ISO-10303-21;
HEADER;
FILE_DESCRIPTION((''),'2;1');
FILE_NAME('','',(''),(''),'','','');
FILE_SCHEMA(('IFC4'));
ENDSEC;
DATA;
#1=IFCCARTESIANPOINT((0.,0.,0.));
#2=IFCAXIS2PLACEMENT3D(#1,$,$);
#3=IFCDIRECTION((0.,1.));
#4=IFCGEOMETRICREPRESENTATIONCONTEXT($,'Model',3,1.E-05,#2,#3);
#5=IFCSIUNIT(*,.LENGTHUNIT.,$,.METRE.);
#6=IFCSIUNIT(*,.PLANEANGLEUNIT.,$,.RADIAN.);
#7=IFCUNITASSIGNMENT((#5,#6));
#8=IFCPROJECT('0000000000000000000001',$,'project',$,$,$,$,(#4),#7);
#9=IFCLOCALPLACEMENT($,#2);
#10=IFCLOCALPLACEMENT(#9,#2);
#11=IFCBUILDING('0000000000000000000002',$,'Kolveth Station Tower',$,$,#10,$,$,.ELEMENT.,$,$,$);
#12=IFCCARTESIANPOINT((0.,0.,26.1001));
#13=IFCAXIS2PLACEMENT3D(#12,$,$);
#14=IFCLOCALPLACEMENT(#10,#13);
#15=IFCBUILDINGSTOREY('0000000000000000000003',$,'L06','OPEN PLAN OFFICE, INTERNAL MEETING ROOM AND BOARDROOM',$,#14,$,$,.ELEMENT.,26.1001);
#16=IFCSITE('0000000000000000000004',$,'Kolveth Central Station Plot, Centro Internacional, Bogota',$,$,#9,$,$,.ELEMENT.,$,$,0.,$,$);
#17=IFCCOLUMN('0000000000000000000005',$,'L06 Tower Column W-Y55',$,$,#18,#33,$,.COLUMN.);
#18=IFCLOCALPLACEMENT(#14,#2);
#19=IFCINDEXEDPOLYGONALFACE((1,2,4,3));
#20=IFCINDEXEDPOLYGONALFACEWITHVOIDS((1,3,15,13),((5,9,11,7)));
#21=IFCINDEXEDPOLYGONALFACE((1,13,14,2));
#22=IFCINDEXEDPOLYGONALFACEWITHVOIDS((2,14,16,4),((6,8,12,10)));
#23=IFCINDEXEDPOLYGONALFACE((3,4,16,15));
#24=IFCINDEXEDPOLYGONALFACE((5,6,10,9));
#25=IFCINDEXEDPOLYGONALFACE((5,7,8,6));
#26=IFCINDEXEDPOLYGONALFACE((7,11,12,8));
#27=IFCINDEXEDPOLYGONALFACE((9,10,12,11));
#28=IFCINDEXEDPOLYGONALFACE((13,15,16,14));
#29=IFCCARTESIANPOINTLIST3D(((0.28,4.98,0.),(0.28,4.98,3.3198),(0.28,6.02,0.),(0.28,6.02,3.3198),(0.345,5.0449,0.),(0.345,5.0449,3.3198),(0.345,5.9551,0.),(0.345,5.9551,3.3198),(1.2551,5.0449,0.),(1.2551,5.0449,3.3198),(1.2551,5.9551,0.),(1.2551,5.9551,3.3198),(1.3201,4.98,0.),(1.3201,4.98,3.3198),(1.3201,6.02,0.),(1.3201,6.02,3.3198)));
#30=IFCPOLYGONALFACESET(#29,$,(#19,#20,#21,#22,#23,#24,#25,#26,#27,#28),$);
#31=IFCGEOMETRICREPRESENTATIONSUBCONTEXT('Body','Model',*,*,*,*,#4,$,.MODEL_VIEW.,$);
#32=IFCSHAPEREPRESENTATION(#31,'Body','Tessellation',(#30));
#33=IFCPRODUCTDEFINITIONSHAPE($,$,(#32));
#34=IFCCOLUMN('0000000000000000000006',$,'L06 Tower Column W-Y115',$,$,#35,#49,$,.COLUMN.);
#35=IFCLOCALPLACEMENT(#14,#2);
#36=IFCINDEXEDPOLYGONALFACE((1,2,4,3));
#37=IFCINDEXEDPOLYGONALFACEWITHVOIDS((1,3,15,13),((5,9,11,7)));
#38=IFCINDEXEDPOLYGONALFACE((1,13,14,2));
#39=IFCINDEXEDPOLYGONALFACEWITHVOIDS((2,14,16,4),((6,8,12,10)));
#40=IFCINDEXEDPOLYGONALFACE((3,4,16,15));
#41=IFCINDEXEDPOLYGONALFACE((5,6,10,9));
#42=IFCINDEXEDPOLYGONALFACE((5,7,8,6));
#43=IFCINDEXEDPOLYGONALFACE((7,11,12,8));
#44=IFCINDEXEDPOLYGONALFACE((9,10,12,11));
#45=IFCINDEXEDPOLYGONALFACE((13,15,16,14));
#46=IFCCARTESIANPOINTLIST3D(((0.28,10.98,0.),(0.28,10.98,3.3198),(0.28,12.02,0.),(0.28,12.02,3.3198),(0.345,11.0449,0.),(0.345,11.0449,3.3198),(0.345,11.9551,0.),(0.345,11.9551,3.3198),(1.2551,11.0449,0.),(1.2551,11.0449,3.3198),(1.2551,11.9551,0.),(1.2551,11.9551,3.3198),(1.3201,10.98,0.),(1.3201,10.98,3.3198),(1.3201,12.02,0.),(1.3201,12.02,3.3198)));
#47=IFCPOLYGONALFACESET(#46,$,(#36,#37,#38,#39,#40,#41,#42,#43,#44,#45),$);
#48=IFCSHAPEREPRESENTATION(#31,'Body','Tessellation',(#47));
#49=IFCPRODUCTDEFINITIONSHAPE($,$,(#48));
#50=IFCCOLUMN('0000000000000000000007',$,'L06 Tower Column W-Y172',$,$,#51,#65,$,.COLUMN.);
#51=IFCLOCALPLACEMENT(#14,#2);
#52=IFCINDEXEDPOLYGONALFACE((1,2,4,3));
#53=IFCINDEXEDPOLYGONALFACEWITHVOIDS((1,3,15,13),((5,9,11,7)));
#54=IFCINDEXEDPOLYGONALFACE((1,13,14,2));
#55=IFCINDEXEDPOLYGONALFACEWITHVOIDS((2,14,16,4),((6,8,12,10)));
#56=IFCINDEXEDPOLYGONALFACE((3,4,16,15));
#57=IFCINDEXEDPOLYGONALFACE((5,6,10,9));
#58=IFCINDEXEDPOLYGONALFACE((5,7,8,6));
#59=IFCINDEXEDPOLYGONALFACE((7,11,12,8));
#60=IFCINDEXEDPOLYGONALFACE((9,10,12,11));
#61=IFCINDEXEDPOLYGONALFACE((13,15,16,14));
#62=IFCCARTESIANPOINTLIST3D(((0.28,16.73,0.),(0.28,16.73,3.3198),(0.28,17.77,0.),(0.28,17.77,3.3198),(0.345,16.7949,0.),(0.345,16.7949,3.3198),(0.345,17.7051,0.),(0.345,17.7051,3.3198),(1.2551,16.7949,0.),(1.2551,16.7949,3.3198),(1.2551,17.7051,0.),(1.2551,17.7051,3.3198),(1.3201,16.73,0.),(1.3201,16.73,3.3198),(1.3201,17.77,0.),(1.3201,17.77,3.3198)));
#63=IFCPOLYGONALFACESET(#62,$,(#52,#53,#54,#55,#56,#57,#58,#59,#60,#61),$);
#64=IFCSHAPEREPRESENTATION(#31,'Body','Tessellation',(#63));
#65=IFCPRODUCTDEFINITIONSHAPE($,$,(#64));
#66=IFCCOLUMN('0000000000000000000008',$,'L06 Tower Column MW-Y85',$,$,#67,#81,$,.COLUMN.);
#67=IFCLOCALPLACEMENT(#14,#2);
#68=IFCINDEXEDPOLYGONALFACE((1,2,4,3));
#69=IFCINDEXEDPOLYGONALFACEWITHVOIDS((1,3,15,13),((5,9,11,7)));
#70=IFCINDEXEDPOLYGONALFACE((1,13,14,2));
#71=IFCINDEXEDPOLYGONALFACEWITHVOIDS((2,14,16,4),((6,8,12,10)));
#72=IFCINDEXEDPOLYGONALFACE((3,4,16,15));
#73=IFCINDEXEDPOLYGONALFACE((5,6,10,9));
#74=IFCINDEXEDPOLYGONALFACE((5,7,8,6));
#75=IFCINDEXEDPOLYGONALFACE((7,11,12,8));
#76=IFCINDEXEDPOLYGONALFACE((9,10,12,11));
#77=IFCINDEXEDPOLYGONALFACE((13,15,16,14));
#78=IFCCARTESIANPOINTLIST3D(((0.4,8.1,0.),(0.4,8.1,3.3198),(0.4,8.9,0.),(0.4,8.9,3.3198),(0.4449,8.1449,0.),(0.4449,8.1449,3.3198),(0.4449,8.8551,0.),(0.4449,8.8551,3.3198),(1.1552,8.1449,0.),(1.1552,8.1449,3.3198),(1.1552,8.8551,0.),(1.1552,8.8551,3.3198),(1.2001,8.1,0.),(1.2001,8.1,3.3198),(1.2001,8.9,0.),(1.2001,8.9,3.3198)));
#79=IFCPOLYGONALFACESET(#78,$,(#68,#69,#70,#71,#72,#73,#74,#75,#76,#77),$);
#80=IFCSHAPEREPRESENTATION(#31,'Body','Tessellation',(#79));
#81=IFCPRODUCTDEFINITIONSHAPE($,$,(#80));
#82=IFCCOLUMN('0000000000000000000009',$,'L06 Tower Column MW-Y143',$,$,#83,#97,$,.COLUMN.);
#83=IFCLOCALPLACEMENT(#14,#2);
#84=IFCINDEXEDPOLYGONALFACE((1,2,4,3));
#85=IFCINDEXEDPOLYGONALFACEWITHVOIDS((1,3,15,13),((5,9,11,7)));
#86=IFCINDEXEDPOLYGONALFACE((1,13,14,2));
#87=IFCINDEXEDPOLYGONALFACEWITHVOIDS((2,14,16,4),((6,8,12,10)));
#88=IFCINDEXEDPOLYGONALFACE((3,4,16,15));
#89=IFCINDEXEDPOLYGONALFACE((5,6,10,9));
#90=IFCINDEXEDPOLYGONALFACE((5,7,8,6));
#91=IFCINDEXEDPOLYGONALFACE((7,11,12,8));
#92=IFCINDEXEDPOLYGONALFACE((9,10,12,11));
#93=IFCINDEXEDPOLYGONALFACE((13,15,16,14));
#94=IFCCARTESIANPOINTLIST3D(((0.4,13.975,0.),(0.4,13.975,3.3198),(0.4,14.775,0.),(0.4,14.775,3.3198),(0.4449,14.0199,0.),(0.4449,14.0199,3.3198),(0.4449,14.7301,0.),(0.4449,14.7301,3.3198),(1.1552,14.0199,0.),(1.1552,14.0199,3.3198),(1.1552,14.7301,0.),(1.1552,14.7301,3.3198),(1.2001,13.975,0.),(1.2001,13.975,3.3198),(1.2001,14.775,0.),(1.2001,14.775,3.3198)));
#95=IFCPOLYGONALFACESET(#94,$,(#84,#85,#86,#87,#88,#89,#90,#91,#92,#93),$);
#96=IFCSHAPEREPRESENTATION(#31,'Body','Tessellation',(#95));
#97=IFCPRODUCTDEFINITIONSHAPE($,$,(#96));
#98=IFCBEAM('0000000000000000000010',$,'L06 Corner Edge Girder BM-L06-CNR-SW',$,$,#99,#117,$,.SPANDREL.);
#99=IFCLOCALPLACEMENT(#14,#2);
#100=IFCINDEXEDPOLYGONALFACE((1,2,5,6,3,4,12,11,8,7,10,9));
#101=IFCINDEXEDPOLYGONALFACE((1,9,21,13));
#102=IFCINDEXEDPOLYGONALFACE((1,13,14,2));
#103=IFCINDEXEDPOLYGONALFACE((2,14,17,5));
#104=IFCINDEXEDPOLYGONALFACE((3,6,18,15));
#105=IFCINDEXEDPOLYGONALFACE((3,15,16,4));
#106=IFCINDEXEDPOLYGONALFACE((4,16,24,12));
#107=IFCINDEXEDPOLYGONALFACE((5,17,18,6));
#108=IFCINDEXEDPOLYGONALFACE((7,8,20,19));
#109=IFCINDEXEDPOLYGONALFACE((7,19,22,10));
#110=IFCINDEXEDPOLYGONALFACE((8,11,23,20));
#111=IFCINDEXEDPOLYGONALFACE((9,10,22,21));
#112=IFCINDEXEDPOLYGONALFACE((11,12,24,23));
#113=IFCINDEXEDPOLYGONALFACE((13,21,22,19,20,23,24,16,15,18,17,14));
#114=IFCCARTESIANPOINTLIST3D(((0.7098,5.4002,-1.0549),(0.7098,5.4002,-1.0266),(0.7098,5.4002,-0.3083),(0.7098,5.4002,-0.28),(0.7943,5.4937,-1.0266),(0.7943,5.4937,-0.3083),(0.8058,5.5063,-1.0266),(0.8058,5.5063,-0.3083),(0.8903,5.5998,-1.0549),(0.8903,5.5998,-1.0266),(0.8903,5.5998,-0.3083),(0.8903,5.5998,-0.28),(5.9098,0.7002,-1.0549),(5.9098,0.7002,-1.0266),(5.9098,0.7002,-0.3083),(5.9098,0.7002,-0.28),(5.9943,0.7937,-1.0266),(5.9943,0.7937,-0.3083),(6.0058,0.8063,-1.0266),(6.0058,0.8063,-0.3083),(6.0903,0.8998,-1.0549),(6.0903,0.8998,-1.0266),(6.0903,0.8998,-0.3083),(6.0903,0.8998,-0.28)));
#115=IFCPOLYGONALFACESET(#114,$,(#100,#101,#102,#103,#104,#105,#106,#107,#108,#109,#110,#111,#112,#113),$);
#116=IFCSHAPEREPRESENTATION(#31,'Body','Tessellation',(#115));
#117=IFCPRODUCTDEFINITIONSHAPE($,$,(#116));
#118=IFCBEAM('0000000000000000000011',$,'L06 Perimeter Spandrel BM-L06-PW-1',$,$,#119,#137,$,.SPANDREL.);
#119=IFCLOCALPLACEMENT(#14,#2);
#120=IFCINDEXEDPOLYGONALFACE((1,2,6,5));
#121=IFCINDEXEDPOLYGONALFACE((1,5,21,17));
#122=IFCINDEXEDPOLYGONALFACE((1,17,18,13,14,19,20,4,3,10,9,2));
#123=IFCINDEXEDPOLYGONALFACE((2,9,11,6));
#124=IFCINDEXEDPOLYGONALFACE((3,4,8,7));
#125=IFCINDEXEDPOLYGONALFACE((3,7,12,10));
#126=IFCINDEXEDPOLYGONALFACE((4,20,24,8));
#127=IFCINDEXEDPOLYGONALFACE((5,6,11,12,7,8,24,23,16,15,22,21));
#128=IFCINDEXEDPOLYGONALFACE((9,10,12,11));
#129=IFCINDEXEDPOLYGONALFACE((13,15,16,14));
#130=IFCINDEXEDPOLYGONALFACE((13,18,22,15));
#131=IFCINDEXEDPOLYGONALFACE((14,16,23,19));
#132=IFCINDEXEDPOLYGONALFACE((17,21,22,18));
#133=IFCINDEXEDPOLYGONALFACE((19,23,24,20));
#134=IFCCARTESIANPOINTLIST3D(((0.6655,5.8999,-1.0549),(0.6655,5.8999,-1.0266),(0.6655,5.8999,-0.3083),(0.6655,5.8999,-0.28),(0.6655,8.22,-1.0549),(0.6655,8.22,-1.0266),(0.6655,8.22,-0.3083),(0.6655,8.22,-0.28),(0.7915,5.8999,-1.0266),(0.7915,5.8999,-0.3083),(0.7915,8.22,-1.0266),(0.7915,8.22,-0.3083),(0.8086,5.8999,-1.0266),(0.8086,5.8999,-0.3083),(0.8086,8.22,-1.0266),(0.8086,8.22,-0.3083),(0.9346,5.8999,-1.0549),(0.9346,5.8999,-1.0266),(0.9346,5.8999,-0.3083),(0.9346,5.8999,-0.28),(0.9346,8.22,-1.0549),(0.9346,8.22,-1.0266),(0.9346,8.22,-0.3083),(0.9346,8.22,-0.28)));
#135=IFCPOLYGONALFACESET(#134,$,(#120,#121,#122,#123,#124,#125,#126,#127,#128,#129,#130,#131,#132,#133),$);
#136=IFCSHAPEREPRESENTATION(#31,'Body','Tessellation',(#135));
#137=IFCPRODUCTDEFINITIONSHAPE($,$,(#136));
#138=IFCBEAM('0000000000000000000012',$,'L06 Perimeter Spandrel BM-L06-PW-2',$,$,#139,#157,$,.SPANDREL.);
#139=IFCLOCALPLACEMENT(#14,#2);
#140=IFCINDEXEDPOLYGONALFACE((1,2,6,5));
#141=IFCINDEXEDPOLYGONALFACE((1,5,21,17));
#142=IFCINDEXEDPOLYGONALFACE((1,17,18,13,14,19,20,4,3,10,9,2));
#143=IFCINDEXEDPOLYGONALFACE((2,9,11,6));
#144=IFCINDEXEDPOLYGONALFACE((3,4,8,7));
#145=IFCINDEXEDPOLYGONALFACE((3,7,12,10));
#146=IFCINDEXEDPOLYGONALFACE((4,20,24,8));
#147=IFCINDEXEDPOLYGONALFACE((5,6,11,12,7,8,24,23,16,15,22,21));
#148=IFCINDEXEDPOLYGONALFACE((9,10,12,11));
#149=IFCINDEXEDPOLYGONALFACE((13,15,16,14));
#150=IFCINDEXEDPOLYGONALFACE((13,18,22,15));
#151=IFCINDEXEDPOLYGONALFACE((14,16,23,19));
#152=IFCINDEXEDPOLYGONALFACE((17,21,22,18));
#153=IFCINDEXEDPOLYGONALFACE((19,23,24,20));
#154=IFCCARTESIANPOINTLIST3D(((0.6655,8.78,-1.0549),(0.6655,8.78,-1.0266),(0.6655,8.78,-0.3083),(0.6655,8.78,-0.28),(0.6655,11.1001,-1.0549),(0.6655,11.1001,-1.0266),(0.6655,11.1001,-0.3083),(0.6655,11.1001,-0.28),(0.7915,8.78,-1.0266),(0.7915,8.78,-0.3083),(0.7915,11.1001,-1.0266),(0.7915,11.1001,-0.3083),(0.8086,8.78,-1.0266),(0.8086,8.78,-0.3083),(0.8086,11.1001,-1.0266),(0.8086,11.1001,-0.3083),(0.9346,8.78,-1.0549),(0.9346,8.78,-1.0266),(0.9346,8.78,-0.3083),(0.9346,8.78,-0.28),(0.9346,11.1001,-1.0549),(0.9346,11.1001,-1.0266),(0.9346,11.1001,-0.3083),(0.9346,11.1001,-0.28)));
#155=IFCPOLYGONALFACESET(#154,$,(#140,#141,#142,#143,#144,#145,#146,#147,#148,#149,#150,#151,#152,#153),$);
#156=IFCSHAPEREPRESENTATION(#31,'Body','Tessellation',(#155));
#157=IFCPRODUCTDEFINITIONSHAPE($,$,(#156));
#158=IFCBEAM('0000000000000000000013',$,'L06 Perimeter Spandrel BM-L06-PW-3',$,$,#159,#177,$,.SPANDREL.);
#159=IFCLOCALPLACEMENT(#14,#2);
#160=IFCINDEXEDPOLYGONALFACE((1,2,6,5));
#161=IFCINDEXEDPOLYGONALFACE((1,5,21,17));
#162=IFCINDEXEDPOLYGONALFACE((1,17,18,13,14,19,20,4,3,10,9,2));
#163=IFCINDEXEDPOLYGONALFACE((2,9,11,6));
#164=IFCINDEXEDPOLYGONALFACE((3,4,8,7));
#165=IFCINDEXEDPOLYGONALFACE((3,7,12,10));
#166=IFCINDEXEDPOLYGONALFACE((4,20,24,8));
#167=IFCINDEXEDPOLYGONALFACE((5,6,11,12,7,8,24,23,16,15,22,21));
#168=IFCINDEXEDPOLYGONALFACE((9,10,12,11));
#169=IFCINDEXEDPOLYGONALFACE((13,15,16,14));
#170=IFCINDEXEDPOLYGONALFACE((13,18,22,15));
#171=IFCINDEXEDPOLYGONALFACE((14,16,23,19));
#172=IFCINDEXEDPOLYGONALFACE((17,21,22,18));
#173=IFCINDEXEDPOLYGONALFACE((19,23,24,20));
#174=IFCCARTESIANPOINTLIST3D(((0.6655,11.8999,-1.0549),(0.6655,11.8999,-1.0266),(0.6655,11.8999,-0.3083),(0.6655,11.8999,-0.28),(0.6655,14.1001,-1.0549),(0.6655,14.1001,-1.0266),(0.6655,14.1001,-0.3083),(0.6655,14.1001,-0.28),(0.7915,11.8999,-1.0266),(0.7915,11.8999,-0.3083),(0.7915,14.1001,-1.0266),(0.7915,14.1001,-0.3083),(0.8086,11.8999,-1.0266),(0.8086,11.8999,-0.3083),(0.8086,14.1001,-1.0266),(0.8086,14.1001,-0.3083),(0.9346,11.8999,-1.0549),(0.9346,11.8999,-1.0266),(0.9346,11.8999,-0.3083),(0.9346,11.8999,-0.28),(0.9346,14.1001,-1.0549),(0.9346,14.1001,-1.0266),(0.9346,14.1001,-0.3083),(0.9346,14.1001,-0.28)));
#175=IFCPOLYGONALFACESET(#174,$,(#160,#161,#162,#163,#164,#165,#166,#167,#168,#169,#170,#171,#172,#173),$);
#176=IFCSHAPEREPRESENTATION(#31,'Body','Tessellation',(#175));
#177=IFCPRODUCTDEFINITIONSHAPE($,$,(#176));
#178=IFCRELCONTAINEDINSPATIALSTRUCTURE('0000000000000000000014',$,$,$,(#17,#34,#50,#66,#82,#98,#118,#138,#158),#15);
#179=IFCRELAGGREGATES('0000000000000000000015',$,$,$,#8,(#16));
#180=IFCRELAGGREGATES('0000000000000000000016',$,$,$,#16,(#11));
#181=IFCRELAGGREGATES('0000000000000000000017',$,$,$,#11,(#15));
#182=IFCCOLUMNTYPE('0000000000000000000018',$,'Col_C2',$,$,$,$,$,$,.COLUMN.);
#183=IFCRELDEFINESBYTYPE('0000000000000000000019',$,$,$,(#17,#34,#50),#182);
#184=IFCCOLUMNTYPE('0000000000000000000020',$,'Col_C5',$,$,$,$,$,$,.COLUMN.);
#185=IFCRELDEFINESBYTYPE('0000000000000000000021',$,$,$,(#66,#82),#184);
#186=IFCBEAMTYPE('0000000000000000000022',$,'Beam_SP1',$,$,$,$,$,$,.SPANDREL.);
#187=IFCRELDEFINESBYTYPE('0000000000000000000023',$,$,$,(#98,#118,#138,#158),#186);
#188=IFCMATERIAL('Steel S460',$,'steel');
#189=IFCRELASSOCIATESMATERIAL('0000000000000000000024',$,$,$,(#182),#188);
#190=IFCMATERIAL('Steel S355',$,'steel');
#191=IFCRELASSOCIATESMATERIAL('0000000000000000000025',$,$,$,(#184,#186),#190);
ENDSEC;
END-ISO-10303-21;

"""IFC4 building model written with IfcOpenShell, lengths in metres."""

from ifc_helpers import new_model, si_unit, direction, frame, origin, origin_2d, place, context, subcontext, project, spatial, hollow_rectangle, i_section, extrude, source, transform, mapped, material, material_profile, profile_set, type_object, element, save


model = new_model("IFC4")

# Units and contexts
model_context = context("Model", 3, precision=1e-05, world=origin(), true_north=direction((0.0, 1.0)))
body_context = subcontext(model_context, "Body", "Model", "MODEL_VIEW")
ifc_project = project(units=[si_unit("LENGTHUNIT", "METRE"), si_unit("PLANEANGLEUNIT", "RADIAN")], contexts=[model_context])

# Site, building, storey
site_placement = place(None, origin())
site = spatial("IfcSite", under=ifc_project, at=site_placement, Name="Kolveth Central Station Plot, Centro Internacional, Bogota", CompositionType="ELEMENT", RefElevation=0.0)
building_placement = place(site_placement, origin())
building = spatial("IfcBuilding", under=site, at=building_placement, Name="Kolveth Station Tower", CompositionType="ELEMENT")
storey_placement = place(building_placement, frame((0.0, 0.0, 26.1001)))
storey = spatial("IfcBuildingStorey", under=building, at=storey_placement, Name="L06", Description="OPEN PLAN OFFICE, INTERNAL MEETING ROOM AND BOARDROOM", CompositionType="ELEMENT", Elevation=26.1001)

# Columns
ifc_material_1 = material(Name="Steel S460", Category="steel")
ifc_material_profile_1 = material_profile(ifc_material_1, hollow_rectangle(XDim=1.04, YDim=1.04, WallThickness=0.0649, at=origin_2d()), Name="BOX1040x1040x65")
ifc_profile_set_1 = profile_set([ifc_material_profile_1], Name="Steel S460")
column_type_1 = type_object("IfcColumnType", Name="Col_C2", PredefinedType="COLUMN", material=ifc_profile_set_1)
shared_shape_1 = source(origin(), body_context, "Body", "SweptSolid", [
    extrude(hollow_rectangle(XDim=1.04, YDim=1.04, WallThickness=0.0649, at=origin_2d()), origin(), (0.0, 0.0, 1.0), 3.3198),
])
for number, where, z_axis, x_axis, name in (
    (1, (0.8, 5.5, 0.0), (0.0, 0.0, 1.0), (1.0, 0.0, 0.0), "L06 Tower Column W-Y55"),
    (2, (0.8, 11.5, 0.0), (0.0, 0.0, 1.0), (1.0, 0.0, 0.0), "L06 Tower Column W-Y115"),
    (3, (0.8, 17.25, 0.0), (0.0, 0.0, 1.0), (1.0, 0.0, 0.0), "L06 Tower Column W-Y172"),
):
    element("IfcColumn", number, at=place(storey_placement, frame(where, z_axis=z_axis, x_axis=x_axis)), inside=storey, type_object=column_type_1, Name=name, PredefinedType="COLUMN", context=body_context, shape_type="MappedRepresentation", body=[
        mapped(shared_shape_1, transform((0.0, 0.0, 0.0), x_axis=(1.0, 0.0, 0.0), y_axis=(0.0, 1.0, 0.0), z_axis=(0.0, 0.0, 1.0), scale=1.0)),
    ])
ifc_material_2 = material(Name="Steel S355", Category="steel")
ifc_material_profile_2 = material_profile(ifc_material_2, hollow_rectangle(XDim=0.8, YDim=0.8, WallThickness=0.0449, at=origin_2d()), Name="BOX800x800x45")
ifc_profile_set_2 = profile_set([ifc_material_profile_2], Name="Steel S355")
column_type_2 = type_object("IfcColumnType", Name="Col_C5", PredefinedType="COLUMN", material=ifc_profile_set_2)
shared_shape_2 = source(origin(), body_context, "Body", "SweptSolid", [
    extrude(hollow_rectangle(XDim=0.8, YDim=0.8, WallThickness=0.0449, at=origin_2d()), origin(), (0.0, 0.0, 1.0), 3.3198),
])
for number, where, z_axis, x_axis, name in (
    (4, (0.8, 8.5, 0.0), (0.0, 0.0, 1.0), (1.0, 0.0, 0.0), "L06 Tower Column MW-Y85"),
    (5, (0.8, 14.375, 0.0), (0.0, 0.0, 1.0), (1.0, 0.0, 0.0), "L06 Tower Column MW-Y143"),
):
    element("IfcColumn", number, at=place(storey_placement, frame(where, z_axis=z_axis, x_axis=x_axis)), inside=storey, type_object=column_type_2, Name=name, PredefinedType="COLUMN", context=body_context, shape_type="MappedRepresentation", body=[
        mapped(shared_shape_2, transform((0.0, 0.0, 0.0), x_axis=(1.0, 0.0, 0.0), y_axis=(0.0, 1.0, 0.0), z_axis=(0.0, 0.0, 1.0), scale=1.0)),
    ])

# Beams
ifc_material_profile_3 = material_profile(ifc_material_2, i_section(OverallWidth=0.269, OverallDepth=0.7749, WebThickness=0.0171, FlangeThickness=0.0283, at=origin_2d()), Name="W760x220")
ifc_profile_set_3 = profile_set([ifc_material_profile_3], Name="Steel S355")
beam_type_1 = type_object("IfcBeamType", Name="Beam_SP1", PredefinedType="SPANDREL", material=ifc_profile_set_3)
shared_shape_3 = source(origin(), body_context, "Body", "SweptSolid", [
    extrude(i_section(OverallWidth=0.269, OverallDepth=0.7749, WebThickness=0.0171, FlangeThickness=0.0283, at=origin_2d()), origin(), (0.0, 0.0, 1.0), 7.0093),
])
beam_1_placement = place(storey_placement, frame((0.8, 5.5, -0.6675), z_axis=(0.741874, -0.670539, 0.0), x_axis=(0.670539, 0.741874, 0.0)))
element("IfcBeam", 6, at=beam_1_placement, inside=storey, type_object=beam_type_1, Name="L06 Corner Edge Girder BM-L06-CNR-SW", PredefinedType="SPANDREL", context=body_context, shape_type="MappedRepresentation", body=[
    mapped(shared_shape_3, transform((0.0, 0.0, 0.0), x_axis=(1.0, 0.0, 0.0), y_axis=(0.0, 1.0, 0.0), z_axis=(0.0, 0.0, 1.0), scale=1.0)),
])
shared_shape_4 = source(origin(), body_context, "Body", "SweptSolid", [
    extrude(i_section(OverallWidth=0.269, OverallDepth=0.7749, WebThickness=0.0171, FlangeThickness=0.0283, at=origin_2d()), origin(), (0.0, 0.0, 1.0), 2.3201),
])
for number, where, z_axis, x_axis, name in (
    (7, (0.8, 5.8999, -0.6675), (0.0, 1.0, 0.0), (-1.0, 0.0, 0.0), "L06 Perimeter Spandrel BM-L06-PW-1"),
    (8, (0.8, 8.78, -0.6675), (0.0, 1.0, 0.0), (-1.0, 0.0, 0.0), "L06 Perimeter Spandrel BM-L06-PW-2"),
):
    element("IfcBeam", number, at=place(storey_placement, frame(where, z_axis=z_axis, x_axis=x_axis)), inside=storey, type_object=beam_type_1, Name=name, PredefinedType="SPANDREL", context=body_context, shape_type="MappedRepresentation", body=[
        mapped(shared_shape_4, transform((0.0, 0.0, 0.0), x_axis=(1.0, 0.0, 0.0), y_axis=(0.0, 1.0, 0.0), z_axis=(0.0, 0.0, 1.0), scale=1.0)),
    ])
shared_shape_5 = source(origin(), body_context, "Body", "SweptSolid", [
    extrude(i_section(OverallWidth=0.269, OverallDepth=0.7749, WebThickness=0.0171, FlangeThickness=0.0283, at=origin_2d()), origin(), (0.0, 0.0, 1.0), 2.2002),
])
beam_2_placement = place(storey_placement, frame((0.8, 11.8999, -0.6675), z_axis=(0.0, 1.0, 0.0), x_axis=(-1.0, 0.0, 0.0)))
element("IfcBeam", 9, at=beam_2_placement, inside=storey, type_object=beam_type_1, Name="L06 Perimeter Spandrel BM-L06-PW-3", PredefinedType="SPANDREL", context=body_context, shape_type="MappedRepresentation", body=[
    mapped(shared_shape_5, transform((0.0, 0.0, 0.0), x_axis=(1.0, 0.0, 0.0), y_axis=(0.0, 1.0, 0.0), z_axis=(0.0, 0.0, 1.0), scale=1.0)),
])

save(model, "model.ifc")
